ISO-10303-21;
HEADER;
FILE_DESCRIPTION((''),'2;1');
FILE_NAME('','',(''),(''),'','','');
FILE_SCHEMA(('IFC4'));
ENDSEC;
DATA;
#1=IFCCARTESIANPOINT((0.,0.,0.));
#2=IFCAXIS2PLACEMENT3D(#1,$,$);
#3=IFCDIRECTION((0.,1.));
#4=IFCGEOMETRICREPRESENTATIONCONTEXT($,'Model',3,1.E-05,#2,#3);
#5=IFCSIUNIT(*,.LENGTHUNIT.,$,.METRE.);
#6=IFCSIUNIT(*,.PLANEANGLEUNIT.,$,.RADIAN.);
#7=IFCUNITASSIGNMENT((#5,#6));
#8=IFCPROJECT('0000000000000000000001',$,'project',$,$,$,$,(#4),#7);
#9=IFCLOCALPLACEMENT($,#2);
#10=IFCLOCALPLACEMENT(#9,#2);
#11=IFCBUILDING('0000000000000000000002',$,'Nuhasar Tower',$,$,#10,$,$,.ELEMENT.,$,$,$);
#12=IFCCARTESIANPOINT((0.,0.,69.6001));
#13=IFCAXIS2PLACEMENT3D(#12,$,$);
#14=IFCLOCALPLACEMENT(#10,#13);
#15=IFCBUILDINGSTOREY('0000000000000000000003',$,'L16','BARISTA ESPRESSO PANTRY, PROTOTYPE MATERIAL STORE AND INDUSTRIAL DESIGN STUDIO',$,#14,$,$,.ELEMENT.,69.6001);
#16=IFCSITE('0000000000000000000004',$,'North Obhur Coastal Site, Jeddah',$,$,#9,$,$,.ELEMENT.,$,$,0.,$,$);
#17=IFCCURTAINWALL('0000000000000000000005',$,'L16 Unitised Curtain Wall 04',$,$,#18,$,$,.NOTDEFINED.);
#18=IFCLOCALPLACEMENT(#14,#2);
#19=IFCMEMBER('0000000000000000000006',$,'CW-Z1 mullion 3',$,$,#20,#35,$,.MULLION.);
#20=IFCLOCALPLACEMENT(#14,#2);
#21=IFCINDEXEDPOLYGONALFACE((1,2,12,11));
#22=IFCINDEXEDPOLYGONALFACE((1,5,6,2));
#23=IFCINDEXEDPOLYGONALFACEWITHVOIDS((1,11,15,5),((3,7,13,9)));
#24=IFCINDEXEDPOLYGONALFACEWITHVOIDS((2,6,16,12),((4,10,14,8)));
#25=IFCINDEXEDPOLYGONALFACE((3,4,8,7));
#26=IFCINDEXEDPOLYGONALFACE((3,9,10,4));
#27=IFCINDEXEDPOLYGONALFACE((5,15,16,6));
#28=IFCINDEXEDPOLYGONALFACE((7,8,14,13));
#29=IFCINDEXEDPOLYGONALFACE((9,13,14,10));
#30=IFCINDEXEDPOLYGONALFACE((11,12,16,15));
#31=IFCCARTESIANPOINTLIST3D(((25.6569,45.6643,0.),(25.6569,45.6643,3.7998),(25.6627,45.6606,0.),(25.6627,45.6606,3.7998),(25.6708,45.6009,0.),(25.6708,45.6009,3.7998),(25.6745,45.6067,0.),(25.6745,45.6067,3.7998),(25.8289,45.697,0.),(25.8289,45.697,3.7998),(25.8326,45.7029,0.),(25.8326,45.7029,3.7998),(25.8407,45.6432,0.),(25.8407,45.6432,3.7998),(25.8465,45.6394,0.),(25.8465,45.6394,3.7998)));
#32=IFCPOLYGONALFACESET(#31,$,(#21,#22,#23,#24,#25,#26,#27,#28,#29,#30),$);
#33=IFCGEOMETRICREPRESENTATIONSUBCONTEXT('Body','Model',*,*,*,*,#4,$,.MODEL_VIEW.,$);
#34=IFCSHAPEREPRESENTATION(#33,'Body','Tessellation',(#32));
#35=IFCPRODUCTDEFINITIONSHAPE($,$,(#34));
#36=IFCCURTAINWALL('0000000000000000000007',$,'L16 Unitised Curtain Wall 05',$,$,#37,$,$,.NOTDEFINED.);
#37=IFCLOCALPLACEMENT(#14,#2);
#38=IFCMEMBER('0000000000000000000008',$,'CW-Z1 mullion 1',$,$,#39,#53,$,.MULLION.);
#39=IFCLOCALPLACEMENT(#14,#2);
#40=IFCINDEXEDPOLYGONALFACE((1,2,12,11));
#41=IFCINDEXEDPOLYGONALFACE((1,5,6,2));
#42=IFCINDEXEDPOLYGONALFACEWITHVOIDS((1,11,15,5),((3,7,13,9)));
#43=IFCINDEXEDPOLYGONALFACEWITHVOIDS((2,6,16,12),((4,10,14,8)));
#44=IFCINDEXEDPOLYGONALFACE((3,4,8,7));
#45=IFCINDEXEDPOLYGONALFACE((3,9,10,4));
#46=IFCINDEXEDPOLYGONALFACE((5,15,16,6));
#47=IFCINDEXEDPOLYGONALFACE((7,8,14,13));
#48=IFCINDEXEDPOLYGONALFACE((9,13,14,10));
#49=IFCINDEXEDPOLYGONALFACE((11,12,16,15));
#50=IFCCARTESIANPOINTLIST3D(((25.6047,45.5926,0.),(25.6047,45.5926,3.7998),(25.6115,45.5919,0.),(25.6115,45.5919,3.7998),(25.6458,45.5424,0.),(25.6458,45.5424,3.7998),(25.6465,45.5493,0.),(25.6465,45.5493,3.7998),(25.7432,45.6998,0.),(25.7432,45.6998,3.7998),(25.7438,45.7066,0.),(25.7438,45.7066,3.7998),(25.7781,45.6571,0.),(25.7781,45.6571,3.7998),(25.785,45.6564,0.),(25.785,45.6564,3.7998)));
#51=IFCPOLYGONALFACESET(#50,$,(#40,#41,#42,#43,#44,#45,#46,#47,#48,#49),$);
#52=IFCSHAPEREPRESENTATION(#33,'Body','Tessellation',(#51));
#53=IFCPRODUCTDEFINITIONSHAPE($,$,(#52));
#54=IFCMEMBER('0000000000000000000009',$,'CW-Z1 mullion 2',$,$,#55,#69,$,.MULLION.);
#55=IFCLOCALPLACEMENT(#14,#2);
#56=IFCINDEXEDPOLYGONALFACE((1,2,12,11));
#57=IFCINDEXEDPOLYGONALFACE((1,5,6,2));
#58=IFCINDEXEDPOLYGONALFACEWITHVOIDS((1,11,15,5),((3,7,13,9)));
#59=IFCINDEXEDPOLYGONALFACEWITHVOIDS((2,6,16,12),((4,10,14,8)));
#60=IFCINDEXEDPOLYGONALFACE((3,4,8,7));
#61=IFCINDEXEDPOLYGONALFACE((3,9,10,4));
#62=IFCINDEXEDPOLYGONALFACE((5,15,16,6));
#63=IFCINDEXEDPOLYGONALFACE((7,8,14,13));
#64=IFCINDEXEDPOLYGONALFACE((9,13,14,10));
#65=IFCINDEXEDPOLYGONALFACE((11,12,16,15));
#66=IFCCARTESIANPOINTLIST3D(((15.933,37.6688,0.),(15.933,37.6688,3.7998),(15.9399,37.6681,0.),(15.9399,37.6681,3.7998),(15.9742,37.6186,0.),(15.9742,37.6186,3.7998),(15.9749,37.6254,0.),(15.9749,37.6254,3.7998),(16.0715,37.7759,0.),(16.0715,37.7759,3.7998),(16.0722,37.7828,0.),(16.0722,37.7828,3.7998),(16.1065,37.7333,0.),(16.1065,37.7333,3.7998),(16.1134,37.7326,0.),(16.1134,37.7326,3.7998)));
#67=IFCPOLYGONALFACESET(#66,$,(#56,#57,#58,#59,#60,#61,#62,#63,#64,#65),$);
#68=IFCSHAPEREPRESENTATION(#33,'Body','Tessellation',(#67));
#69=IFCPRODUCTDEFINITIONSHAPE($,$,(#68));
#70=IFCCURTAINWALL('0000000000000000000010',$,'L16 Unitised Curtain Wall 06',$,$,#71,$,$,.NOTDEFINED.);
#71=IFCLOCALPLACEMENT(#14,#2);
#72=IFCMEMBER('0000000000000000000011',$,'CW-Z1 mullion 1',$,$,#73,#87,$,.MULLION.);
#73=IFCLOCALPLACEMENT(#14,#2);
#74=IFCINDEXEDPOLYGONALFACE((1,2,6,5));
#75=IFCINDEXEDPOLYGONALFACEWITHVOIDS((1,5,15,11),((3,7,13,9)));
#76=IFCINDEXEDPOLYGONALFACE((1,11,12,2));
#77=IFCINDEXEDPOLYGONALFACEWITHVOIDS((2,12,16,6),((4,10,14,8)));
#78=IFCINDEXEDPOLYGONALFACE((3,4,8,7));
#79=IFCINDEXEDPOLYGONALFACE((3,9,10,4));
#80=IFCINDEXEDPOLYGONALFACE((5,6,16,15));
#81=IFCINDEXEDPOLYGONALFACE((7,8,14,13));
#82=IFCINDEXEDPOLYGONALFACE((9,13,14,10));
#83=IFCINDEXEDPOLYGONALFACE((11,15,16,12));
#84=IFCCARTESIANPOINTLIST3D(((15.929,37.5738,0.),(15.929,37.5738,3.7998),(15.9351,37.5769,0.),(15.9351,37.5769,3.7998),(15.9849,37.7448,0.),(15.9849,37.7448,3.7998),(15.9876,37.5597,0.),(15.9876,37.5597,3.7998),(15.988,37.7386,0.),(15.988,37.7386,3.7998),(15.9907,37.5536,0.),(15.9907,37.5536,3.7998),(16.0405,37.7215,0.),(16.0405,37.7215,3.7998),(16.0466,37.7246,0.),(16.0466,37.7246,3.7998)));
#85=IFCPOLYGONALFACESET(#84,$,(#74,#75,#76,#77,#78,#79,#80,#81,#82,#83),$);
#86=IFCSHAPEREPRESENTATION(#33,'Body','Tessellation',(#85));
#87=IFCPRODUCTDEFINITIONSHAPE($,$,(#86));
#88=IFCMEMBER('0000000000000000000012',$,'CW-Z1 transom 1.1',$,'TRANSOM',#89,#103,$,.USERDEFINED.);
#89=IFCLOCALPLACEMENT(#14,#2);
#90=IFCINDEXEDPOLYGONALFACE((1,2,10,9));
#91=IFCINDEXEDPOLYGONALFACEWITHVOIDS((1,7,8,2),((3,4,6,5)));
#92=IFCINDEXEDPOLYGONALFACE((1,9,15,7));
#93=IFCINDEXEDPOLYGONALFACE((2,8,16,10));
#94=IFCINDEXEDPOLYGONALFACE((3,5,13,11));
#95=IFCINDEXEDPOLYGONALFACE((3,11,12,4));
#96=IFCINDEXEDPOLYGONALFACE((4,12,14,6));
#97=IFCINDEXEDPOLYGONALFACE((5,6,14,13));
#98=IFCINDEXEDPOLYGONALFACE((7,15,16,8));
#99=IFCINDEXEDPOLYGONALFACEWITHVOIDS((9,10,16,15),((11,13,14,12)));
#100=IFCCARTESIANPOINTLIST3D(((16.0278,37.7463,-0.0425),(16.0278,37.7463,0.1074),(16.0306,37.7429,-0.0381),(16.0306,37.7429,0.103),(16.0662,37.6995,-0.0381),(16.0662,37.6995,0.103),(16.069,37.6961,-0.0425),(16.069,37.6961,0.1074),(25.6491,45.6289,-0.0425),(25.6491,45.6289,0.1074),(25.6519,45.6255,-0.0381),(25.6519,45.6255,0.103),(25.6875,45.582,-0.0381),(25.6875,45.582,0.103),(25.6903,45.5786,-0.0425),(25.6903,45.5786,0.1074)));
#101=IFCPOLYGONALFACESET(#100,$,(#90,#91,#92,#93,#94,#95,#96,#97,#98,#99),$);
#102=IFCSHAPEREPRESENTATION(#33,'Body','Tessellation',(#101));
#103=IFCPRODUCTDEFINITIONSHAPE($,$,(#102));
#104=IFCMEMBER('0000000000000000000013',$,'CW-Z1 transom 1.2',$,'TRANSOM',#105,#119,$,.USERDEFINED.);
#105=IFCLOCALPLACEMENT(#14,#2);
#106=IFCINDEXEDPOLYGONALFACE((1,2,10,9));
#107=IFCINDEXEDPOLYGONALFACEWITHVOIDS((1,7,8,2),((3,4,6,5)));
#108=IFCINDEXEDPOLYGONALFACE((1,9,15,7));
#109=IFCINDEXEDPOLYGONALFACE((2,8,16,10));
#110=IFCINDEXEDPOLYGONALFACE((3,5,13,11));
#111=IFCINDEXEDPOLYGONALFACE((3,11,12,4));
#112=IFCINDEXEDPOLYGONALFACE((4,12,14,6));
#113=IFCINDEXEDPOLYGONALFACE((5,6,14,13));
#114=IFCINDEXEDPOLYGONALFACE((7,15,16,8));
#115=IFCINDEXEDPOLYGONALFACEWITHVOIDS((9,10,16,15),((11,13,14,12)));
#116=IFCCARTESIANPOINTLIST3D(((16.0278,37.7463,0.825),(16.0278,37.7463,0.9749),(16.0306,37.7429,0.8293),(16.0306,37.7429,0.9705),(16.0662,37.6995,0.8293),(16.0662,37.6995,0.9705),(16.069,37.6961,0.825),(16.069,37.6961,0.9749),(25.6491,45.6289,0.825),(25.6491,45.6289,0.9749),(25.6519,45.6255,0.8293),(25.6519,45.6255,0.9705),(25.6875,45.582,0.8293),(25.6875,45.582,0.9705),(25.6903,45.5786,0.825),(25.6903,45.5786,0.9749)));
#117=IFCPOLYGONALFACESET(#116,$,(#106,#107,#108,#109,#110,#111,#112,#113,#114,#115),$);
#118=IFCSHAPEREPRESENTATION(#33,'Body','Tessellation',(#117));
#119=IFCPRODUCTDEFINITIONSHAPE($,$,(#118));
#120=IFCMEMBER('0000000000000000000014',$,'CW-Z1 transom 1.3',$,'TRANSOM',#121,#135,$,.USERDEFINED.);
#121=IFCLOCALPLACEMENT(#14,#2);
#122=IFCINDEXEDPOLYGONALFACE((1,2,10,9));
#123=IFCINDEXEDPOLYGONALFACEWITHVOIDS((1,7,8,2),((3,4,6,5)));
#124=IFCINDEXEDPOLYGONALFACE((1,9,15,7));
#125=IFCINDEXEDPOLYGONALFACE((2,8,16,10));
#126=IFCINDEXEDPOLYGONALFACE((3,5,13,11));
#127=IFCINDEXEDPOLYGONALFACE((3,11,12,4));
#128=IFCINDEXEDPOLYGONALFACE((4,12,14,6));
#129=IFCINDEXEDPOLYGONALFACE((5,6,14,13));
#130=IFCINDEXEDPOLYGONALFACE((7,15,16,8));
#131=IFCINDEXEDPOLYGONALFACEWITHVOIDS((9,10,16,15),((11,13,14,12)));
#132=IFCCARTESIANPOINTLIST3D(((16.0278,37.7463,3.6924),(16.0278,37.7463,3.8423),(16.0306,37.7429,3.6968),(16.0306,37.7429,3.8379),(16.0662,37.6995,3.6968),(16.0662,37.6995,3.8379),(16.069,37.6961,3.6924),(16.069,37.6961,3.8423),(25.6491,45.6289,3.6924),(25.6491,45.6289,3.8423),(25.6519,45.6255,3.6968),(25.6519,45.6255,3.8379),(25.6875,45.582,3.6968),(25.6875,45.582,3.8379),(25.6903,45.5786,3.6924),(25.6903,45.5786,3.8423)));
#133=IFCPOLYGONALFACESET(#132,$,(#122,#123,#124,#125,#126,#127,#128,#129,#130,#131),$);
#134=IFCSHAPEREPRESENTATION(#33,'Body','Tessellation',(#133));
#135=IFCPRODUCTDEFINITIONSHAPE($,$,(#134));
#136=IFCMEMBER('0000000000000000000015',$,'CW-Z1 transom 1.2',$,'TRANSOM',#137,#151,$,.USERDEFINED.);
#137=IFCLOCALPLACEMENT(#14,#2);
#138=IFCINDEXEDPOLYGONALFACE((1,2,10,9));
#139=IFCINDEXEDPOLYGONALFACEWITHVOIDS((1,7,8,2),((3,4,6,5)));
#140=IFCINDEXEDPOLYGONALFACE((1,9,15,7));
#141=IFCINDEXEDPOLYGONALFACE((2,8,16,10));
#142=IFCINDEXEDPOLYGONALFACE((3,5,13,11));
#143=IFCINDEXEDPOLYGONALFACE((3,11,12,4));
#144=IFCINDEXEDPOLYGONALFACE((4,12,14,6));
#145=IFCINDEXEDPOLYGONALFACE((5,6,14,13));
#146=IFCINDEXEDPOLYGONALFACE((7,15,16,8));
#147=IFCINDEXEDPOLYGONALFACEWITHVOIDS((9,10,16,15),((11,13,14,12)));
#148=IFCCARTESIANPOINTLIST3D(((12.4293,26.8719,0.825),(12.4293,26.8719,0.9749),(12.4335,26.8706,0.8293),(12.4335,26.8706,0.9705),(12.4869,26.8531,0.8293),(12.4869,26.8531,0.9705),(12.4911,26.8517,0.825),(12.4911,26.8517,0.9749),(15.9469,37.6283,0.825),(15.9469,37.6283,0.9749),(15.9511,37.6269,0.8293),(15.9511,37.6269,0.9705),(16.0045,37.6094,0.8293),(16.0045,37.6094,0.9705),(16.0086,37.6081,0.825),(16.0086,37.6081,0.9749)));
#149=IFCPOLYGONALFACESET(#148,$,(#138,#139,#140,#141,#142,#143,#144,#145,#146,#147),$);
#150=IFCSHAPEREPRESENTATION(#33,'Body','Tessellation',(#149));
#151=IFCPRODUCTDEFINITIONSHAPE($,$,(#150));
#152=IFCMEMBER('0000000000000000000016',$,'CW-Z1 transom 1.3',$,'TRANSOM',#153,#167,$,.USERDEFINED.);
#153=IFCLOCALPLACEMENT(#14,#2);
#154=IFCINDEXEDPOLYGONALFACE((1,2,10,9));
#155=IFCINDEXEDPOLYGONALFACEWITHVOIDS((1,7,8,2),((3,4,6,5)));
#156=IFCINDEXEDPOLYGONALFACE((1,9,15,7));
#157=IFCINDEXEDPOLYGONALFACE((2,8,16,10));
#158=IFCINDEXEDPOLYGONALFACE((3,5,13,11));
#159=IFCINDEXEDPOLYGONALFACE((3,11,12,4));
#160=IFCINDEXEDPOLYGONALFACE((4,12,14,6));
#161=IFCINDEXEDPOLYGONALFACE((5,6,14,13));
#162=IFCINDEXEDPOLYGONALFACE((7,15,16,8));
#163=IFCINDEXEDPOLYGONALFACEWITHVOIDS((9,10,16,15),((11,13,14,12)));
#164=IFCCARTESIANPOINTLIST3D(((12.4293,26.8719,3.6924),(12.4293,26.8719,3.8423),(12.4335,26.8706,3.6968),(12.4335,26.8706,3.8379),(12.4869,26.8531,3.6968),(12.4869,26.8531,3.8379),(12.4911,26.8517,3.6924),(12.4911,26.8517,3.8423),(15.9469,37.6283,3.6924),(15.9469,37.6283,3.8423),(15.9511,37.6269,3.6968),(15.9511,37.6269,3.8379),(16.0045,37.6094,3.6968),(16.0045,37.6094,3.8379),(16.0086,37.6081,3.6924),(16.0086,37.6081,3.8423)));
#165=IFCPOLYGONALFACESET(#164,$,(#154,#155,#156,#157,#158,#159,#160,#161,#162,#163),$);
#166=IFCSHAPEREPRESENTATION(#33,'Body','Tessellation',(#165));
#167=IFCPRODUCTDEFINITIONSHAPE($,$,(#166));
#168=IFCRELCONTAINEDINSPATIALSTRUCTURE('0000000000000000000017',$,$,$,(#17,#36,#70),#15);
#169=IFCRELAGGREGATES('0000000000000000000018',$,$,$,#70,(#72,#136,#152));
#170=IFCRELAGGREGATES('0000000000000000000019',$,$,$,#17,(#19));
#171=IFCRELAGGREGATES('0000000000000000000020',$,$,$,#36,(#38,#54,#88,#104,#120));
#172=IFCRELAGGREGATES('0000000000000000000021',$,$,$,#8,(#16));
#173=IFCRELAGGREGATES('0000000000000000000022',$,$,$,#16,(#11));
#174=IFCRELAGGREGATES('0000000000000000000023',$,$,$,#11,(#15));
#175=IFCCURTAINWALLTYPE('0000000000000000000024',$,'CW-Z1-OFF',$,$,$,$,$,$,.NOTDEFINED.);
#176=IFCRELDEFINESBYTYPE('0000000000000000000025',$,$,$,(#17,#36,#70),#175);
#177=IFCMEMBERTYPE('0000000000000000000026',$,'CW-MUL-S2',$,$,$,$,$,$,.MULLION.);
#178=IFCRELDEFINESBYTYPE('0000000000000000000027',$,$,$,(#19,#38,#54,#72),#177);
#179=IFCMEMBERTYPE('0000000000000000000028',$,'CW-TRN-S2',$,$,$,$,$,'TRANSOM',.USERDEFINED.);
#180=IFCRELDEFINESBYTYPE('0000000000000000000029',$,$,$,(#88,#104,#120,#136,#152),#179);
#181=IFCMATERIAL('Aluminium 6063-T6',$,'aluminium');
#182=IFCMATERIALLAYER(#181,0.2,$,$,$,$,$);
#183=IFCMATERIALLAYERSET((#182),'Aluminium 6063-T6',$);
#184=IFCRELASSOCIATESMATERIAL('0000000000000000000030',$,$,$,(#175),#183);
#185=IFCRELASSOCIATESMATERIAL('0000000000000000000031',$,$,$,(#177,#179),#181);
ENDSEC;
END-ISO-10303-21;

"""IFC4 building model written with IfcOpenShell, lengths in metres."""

from ifc_helpers import new_model, si_unit, direction, frame, origin, origin_2d, place, context, subcontext, project, spatial, hollow_rectangle, extrude, material, layer, layer_set, material_profile, profile_set, type_object, element, aggregate, save


model = new_model("IFC4")

# Units and contexts
model_context = context("Model", 3, precision=1e-05, world=origin(), true_north=direction((0.0, 1.0)))
body_context = subcontext(model_context, "Body", "Model", "MODEL_VIEW")
ifc_project = project(units=[si_unit("LENGTHUNIT", "METRE"), si_unit("PLANEANGLEUNIT", "RADIAN")], contexts=[model_context])

# Site, building, storey
site_placement = place(None, origin())
site = spatial("IfcSite", under=ifc_project, at=site_placement, Name="North Obhur Coastal Site, Jeddah", CompositionType="ELEMENT", RefElevation=0.0)
building_placement = place(site_placement, origin())
building = spatial("IfcBuilding", under=site, at=building_placement, Name="Nuhasar Tower", CompositionType="ELEMENT")
storey_placement = place(building_placement, frame((0.0, 0.0, 69.6001)))
storey = spatial("IfcBuildingStorey", under=building, at=storey_placement, Name="L16", Description="BARISTA ESPRESSO PANTRY, PROTOTYPE MATERIAL STORE AND INDUSTRIAL DESIGN STUDIO", CompositionType="ELEMENT", Elevation=69.6001)

# Curtain wall, member
ifc_material_1 = material(Name="Aluminium 6063-T6", Category="aluminium")
ifc_layer_1 = layer(ifc_material_1, 0.2)
ifc_layer_set_1 = layer_set([ifc_layer_1], Name="Aluminium 6063-T6")
curtain_wall_type = type_object("IfcCurtainWallType", Name="CW-Z1-OFF", PredefinedType="NOTDEFINED", material=ifc_layer_set_1)
curtain_wall_1_placement = place(storey_placement, origin())
curtain_wall_1 = element("IfcCurtainWall", 1, at=curtain_wall_1_placement, inside=storey, type_object=curtain_wall_type, Name="L16 Unitised Curtain Wall 04", PredefinedType="NOTDEFINED")
ifc_material_profile_1 = material_profile(ifc_material_1, hollow_rectangle(XDim=0.0649, YDim=0.1799, WallThickness=0.0049, at=origin_2d()), Name="CWM-2")
ifc_profile_set_1 = profile_set([ifc_material_profile_1], Name="Aluminium 6063-T6")
member_type_1 = type_object("IfcMemberType", Name="CW-MUL-S2", PredefinedType="MULLION", material=ifc_profile_set_1)
member_1_placement = place(storey_placement, frame((25.7517, 45.6519, 0.0), z_axis=(0.0, 0.0, 1.0), x_axis=(0.214399, -0.976746, 0.0)))
member_1 = element("IfcMember", 2, at=member_1_placement, type_object=member_type_1, Name="CW-Z1 mullion 3", PredefinedType="MULLION", context=body_context, shape_type="SweptSolid", body=[
    extrude(hollow_rectangle(XDim=0.0649, YDim=0.1799, WallThickness=0.0049, at=origin_2d()), origin(), (0.0, 0.0, 1.0), 3.7998),
])

# Curtain wall, members
curtain_wall_2_placement = place(storey_placement, origin())
curtain_wall_2 = element("IfcCurtainWall", 3, at=curtain_wall_2_placement, inside=storey, type_object=curtain_wall_type, Name="L16 Unitised Curtain Wall 05", PredefinedType="NOTDEFINED")
member_2_placement = place(storey_placement, frame((25.6948, 45.6245, 0.0), z_axis=(0.0, 0.0, 1.0), x_axis=(0.633745, -0.773542, 0.0)))
member_2 = element("IfcMember", 4, at=member_2_placement, type_object=member_type_1, Name="CW-Z1 mullion 1", PredefinedType="MULLION", context=body_context, shape_type="SweptSolid", body=[
    extrude(hollow_rectangle(XDim=0.0649, YDim=0.1799, WallThickness=0.0049, at=origin_2d()), origin(), (0.0, 0.0, 1.0), 3.7998),
])
member_3_placement = place(storey_placement, frame((16.0232, 37.7007, 0.0), z_axis=(0.0, 0.0, 1.0), x_axis=(0.633745, -0.773542, 0.0)))
member_3 = element("IfcMember", 5, at=member_3_placement, type_object=member_type_1, Name="CW-Z1 mullion 2", PredefinedType="MULLION", context=body_context, shape_type="SweptSolid", body=[
    extrude(hollow_rectangle(XDim=0.0649, YDim=0.1799, WallThickness=0.0049, at=origin_2d()), origin(), (0.0, 0.0, 1.0), 3.7998),
])

# Curtain wall, member
curtain_wall_3_placement = place(storey_placement, origin())
curtain_wall_3 = element("IfcCurtainWall", 6, at=curtain_wall_3_placement, inside=storey, type_object=curtain_wall_type, Name="L16 Unitised Curtain Wall 06", PredefinedType="NOTDEFINED")
member_4_placement = place(storey_placement, frame((15.9878, 37.6492, 0.0), z_axis=(0.0, 0.0, 1.0), x_axis=(0.950468, -0.310824, 0.0)))
member_4 = element("IfcMember", 7, at=member_4_placement, type_object=member_type_1, Name="CW-Z1 mullion 1", PredefinedType="MULLION", context=body_context, shape_type="SweptSolid", body=[
    extrude(hollow_rectangle(XDim=0.0649, YDim=0.1799, WallThickness=0.0049, at=origin_2d()), origin(), (0.0, 0.0, 1.0), 3.7998),
])

# Members
ifc_material_profile_2 = material_profile(ifc_material_1, hollow_rectangle(XDim=0.0649, YDim=0.1499, WallThickness=0.0044, at=origin_2d()), Name="CWT-2")
ifc_profile_set_2 = profile_set([ifc_material_profile_2], Name="Aluminium 6063-T6")
member_type_2 = type_object("IfcMemberType", Name="CW-TRN-S2", ElementType="TRANSOM", PredefinedType="USERDEFINED", material=ifc_profile_set_2)
member_5_placement = place(storey_placement, frame((25.6697, 45.6038, 0.0325), z_axis=(-0.773541, -0.633746, 0.0), x_axis=(0.633746, -0.773541, 0.0)))
member_5 = element("IfcMember", 8, at=member_5_placement, type_object=member_type_2, Name="CW-Z1 transom 1.1", ObjectType="TRANSOM", PredefinedType="USERDEFINED", context=body_context, shape_type="SweptSolid", body=[
    extrude(hollow_rectangle(XDim=0.0649, YDim=0.1499, WallThickness=0.0044, at=origin_2d()), origin(), (0.0, 0.0, 1.0), 12.438),
])
member_6_placement = place(storey_placement, frame((25.6697, 45.6038, 0.8999), z_axis=(-0.773541, -0.633746, 0.0), x_axis=(0.633746, -0.773541, 0.0)))
member_6 = element("IfcMember", 9, at=member_6_placement, type_object=member_type_2, Name="CW-Z1 transom 1.2", ObjectType="TRANSOM", PredefinedType="USERDEFINED", context=body_context, shape_type="SweptSolid", body=[
    extrude(hollow_rectangle(XDim=0.0649, YDim=0.1499, WallThickness=0.0044, at=origin_2d()), origin(), (0.0, 0.0, 1.0), 12.438),
])
member_7_placement = place(storey_placement, frame((25.6697, 45.6038, 3.7673), z_axis=(-0.773541, -0.633746, 0.0), x_axis=(0.633746, -0.773541, 0.0)))
member_7 = element("IfcMember", 10, at=member_7_placement, type_object=member_type_2, Name="CW-Z1 transom 1.3", ObjectType="TRANSOM", PredefinedType="USERDEFINED", context=body_context, shape_type="SweptSolid", body=[
    extrude(hollow_rectangle(XDim=0.0649, YDim=0.1499, WallThickness=0.0044, at=origin_2d()), origin(), (0.0, 0.0, 1.0), 12.438),
])
member_8_placement = place(storey_placement, frame((15.9778, 37.6182, 0.8999), z_axis=(-0.310825, -0.950467, 0.0), x_axis=(0.950467, -0.310825, 0.0)))
member_8 = element("IfcMember", 11, at=member_8_placement, type_object=member_type_2, Name="CW-Z1 transom 1.2", ObjectType="TRANSOM", PredefinedType="USERDEFINED", context=body_context, shape_type="SweptSolid", body=[
    extrude(hollow_rectangle(XDim=0.0649, YDim=0.1499, WallThickness=0.0044, at=origin_2d()), origin(), (0.0, 0.0, 1.0), 11.3169),
])
member_9_placement = place(storey_placement, frame((15.9778, 37.6182, 3.7673), z_axis=(-0.310825, -0.950467, 0.0), x_axis=(0.950467, -0.310825, 0.0)))
member_9 = element("IfcMember", 12, at=member_9_placement, type_object=member_type_2, Name="CW-Z1 transom 1.3", ObjectType="TRANSOM", PredefinedType="USERDEFINED", context=body_context, shape_type="SweptSolid", body=[
    extrude(hollow_rectangle(XDim=0.0649, YDim=0.1499, WallThickness=0.0044, at=origin_2d()), origin(), (0.0, 0.0, 1.0), 11.3169),
])
aggregate(curtain_wall_3, [member_4, member_8, member_9])

aggregate(curtain_wall_1, [member_1])
aggregate(curtain_wall_2, [member_2, member_3, member_5, member_6, member_7])

save(model, "model.ifc")
